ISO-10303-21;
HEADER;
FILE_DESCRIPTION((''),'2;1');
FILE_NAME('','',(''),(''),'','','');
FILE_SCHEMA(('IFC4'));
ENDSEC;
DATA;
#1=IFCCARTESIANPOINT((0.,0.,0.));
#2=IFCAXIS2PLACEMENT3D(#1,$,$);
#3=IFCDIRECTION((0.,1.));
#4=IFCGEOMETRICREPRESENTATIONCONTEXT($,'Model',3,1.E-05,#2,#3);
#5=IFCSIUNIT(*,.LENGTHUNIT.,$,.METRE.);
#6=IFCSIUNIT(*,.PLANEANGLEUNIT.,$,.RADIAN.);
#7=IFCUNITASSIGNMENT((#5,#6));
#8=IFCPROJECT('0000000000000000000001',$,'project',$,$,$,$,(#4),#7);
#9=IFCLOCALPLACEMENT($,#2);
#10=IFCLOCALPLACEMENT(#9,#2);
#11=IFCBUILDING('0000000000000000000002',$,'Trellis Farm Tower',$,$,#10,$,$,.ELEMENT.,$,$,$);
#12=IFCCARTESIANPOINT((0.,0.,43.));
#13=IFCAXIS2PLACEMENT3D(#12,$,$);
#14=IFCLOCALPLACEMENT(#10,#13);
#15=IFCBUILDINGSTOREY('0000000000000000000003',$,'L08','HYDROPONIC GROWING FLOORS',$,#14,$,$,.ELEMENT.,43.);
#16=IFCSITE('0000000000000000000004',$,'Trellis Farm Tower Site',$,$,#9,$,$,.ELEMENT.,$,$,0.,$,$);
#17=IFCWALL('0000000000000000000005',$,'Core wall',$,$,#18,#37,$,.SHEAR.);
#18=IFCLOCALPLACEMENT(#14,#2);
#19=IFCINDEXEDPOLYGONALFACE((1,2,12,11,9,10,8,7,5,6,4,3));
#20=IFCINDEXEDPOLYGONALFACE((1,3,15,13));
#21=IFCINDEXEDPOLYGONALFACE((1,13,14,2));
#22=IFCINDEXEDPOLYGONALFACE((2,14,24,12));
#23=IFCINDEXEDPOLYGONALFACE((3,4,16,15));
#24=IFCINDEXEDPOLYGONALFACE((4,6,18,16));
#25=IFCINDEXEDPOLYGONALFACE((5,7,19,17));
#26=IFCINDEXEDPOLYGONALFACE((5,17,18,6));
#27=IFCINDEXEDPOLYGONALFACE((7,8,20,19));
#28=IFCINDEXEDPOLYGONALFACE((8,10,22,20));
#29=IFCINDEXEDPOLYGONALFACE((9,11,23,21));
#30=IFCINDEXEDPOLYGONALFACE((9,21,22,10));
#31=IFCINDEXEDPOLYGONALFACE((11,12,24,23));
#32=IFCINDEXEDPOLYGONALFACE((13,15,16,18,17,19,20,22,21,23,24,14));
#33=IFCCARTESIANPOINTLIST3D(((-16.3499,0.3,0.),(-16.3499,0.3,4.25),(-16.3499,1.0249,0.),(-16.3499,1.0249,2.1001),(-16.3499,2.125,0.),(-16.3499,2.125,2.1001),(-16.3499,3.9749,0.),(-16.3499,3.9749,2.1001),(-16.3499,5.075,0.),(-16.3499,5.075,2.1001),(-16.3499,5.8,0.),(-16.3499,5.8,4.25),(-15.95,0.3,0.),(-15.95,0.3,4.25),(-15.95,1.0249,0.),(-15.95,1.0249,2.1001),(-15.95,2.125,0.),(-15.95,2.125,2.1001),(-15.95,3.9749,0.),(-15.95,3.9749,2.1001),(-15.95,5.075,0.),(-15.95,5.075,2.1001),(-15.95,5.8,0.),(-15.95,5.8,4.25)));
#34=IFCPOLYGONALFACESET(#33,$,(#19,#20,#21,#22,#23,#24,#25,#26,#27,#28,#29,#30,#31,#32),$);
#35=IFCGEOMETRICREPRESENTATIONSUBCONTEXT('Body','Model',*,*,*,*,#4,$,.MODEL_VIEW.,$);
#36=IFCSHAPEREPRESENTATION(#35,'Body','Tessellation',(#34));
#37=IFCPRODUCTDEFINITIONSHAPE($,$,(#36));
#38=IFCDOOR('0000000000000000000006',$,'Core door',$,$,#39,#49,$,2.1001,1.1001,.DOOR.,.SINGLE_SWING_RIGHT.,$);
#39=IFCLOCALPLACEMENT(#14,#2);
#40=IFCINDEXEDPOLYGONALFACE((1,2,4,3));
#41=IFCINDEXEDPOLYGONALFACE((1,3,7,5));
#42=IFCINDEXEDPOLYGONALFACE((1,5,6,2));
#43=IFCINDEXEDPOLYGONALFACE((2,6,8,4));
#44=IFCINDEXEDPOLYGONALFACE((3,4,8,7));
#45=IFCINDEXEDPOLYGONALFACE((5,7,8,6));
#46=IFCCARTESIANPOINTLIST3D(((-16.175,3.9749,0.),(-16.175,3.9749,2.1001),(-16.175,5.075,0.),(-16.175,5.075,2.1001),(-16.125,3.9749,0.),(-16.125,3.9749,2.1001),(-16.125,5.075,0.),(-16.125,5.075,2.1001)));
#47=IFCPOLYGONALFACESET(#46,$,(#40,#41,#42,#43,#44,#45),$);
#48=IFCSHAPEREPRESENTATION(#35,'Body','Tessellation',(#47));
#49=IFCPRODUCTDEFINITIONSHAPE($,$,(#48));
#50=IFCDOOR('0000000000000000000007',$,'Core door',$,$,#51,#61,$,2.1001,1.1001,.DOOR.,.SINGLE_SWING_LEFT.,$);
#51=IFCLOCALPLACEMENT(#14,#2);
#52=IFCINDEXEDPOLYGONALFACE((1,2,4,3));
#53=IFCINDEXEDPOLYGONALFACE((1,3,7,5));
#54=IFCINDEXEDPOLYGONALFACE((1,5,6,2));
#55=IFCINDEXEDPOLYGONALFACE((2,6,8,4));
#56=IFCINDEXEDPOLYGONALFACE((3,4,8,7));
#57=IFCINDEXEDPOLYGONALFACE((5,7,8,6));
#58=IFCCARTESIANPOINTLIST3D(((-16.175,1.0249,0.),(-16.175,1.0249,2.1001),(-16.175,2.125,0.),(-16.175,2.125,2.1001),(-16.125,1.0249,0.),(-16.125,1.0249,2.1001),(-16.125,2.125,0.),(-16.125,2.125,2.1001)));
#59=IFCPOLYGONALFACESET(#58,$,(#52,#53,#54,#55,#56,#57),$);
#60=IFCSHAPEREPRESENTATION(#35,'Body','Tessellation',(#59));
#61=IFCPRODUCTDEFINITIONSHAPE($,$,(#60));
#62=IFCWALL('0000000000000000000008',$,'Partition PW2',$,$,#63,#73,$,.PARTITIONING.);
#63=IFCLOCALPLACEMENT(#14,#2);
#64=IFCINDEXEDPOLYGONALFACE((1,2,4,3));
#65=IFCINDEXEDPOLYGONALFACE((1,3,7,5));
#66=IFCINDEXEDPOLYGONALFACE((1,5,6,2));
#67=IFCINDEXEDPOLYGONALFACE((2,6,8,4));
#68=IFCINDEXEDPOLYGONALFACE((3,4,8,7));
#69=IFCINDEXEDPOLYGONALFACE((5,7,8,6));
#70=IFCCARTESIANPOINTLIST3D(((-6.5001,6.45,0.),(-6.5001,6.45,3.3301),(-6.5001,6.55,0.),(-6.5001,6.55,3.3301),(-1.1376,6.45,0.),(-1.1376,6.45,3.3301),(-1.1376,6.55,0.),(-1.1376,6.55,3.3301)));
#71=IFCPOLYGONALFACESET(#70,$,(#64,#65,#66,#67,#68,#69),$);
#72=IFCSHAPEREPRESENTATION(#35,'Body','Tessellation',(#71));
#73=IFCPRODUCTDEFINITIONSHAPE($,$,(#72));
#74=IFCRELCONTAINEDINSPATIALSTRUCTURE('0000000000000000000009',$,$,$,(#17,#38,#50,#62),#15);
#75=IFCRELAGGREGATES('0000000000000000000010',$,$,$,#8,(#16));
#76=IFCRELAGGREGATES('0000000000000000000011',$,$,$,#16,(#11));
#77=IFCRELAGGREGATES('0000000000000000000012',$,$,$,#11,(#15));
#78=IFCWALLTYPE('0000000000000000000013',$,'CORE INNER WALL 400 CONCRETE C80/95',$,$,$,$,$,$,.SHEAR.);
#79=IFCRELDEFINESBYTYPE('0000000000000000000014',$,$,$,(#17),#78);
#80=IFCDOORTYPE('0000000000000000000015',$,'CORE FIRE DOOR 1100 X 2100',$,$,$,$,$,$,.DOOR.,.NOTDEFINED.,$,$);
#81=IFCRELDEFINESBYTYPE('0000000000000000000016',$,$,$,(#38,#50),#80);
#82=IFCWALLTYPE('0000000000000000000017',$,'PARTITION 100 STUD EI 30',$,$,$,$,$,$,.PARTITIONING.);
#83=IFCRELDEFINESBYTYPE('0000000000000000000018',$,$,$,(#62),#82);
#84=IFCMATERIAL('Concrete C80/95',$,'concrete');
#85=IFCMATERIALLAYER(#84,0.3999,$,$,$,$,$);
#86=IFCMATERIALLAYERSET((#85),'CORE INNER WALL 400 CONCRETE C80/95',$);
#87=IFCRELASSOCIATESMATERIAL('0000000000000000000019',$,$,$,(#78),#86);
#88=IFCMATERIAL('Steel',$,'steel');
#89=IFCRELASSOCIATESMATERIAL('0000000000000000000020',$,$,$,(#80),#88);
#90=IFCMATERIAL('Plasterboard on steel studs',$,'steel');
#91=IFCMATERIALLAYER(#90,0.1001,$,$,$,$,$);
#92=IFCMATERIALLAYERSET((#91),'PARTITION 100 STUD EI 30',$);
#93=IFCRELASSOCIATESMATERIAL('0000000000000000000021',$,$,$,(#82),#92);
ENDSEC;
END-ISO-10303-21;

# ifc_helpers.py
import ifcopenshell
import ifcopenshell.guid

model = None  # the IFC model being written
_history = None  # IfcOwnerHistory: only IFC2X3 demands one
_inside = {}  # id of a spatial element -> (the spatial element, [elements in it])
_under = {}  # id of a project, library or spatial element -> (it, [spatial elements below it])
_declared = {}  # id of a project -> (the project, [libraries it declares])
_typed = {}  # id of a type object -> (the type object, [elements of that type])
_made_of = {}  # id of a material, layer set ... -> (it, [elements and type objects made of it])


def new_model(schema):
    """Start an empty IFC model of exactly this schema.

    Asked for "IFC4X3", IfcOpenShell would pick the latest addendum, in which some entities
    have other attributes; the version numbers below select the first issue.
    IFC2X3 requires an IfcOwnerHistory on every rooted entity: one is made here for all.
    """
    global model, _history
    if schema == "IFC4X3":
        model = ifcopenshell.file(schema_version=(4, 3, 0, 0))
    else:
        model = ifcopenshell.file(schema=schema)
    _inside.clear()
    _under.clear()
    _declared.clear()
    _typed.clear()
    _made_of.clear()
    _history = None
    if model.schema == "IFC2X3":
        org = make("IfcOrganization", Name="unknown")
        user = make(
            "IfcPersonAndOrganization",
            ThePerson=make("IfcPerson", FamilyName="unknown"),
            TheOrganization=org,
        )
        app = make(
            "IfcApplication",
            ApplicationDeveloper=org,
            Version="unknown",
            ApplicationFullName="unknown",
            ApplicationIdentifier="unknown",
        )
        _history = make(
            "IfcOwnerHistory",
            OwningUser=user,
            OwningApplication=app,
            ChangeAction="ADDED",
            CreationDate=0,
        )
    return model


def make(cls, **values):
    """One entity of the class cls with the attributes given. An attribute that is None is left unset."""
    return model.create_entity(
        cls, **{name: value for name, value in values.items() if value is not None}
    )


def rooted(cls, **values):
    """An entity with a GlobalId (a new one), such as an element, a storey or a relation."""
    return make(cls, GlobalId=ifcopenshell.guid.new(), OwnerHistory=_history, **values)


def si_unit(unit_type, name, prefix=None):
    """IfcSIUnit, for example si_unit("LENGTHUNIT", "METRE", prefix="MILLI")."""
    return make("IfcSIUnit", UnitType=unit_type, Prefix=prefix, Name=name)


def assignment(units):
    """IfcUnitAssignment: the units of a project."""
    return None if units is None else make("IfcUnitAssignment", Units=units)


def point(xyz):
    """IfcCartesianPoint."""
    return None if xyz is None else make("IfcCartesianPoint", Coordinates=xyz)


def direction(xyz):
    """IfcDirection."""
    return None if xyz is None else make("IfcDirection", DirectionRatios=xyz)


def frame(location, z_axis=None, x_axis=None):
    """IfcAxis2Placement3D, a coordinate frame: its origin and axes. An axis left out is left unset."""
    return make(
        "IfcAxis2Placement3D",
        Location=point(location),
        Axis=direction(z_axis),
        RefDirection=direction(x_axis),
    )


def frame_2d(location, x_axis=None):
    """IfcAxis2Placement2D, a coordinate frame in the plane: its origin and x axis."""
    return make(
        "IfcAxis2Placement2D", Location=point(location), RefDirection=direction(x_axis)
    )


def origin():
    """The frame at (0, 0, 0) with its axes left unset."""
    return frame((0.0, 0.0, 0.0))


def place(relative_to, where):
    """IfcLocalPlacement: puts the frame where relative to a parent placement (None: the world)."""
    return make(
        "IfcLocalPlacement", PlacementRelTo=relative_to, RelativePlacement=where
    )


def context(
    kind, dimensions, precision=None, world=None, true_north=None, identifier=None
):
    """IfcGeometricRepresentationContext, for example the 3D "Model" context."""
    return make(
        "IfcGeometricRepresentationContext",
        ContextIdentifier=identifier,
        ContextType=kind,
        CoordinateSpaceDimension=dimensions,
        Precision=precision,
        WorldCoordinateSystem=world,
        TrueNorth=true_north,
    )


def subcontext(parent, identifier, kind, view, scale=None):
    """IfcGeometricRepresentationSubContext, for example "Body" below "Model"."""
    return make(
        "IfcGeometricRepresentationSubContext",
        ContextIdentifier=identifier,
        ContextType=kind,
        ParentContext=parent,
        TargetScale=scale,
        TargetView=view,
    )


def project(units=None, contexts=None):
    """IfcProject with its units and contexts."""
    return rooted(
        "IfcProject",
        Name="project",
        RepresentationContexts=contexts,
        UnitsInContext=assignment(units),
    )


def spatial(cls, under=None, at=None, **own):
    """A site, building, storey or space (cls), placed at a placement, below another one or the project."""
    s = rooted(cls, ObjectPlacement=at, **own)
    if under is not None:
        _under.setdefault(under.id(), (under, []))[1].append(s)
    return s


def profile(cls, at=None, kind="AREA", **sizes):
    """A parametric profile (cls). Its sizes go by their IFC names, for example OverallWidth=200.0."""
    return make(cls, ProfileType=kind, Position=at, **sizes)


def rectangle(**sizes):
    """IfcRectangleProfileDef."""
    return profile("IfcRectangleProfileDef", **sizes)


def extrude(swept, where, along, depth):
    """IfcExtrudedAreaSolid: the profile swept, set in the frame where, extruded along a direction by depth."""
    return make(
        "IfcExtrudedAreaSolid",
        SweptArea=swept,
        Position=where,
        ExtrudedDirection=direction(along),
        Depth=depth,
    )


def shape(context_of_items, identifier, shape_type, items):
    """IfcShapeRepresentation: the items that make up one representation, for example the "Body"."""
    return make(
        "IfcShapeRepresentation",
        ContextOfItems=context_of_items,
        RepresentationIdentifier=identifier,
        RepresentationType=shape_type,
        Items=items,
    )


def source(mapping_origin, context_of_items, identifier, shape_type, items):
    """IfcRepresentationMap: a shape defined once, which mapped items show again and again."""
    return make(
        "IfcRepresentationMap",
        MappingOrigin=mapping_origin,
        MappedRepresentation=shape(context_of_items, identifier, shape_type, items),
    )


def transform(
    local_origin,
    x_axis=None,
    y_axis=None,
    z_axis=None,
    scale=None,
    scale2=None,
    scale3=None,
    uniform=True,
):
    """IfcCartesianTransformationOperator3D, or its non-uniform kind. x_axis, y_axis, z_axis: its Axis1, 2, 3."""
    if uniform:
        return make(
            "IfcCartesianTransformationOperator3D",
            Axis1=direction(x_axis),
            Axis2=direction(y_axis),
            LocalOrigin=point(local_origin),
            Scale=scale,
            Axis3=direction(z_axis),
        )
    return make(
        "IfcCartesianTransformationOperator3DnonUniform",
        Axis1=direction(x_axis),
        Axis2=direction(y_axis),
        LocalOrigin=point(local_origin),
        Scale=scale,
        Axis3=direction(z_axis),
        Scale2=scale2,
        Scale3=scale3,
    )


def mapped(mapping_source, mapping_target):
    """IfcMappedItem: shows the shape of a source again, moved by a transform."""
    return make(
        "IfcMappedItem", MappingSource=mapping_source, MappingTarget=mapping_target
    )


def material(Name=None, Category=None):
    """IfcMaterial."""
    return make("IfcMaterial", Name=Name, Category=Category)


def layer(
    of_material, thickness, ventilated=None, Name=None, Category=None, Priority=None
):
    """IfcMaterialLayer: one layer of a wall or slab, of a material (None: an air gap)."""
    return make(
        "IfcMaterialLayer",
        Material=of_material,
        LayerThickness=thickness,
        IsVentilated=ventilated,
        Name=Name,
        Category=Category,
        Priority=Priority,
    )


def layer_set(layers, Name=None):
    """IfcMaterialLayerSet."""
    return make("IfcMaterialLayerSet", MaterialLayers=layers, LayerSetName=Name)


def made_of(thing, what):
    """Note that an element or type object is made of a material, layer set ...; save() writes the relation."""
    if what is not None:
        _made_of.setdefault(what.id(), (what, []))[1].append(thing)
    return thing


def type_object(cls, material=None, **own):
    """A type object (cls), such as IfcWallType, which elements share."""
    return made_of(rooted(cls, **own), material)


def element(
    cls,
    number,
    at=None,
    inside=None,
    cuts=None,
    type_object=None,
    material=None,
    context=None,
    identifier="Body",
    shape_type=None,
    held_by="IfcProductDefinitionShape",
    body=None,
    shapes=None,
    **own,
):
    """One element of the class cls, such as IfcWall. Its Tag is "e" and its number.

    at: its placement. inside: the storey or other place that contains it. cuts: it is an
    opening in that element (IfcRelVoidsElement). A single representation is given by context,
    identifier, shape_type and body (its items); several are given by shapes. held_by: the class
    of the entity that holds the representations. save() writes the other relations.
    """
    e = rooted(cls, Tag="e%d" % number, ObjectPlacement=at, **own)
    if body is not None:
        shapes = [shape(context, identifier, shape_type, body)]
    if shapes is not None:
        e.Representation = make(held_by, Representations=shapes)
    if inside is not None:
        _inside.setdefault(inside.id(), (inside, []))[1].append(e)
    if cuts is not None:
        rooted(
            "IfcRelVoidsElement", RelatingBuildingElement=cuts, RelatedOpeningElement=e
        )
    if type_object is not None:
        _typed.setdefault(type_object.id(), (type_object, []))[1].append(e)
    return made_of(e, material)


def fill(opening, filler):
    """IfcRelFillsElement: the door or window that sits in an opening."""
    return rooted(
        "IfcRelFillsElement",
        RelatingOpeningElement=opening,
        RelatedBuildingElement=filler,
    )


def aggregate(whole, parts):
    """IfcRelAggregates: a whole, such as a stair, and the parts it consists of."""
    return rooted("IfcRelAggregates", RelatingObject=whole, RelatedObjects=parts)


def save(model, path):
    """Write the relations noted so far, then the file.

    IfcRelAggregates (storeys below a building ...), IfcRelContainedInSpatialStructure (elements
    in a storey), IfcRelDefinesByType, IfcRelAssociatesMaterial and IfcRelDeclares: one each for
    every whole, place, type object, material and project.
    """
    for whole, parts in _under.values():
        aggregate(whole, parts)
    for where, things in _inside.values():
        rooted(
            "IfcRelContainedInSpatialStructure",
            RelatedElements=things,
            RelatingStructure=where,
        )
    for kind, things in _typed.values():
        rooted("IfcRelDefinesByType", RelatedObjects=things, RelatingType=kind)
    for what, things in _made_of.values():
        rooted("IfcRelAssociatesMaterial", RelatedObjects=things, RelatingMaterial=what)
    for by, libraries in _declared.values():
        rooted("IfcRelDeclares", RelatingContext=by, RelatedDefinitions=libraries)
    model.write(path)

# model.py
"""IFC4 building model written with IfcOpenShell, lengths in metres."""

from ifc_helpers import new_model, si_unit, direction, frame, frame_2d, origin, place, context, subcontext, project, spatial, rectangle, extrude, source, transform, mapped, material, layer, layer_set, type_object, element, fill, save


model = new_model("IFC4")

# Units and contexts
model_context = context("Model", 3, precision=1e-05, world=origin(), true_north=direction((0.0, 1.0)))
body_context = subcontext(model_context, "Body", "Model", "MODEL_VIEW")
ifc_project = project(units=[si_unit("LENGTHUNIT", "METRE"), si_unit("PLANEANGLEUNIT", "RADIAN")], contexts=[model_context])

# Site, building, storey
site_placement = place(None, origin())
site = spatial("IfcSite", under=ifc_project, at=site_placement, Name="Trellis Farm Tower Site", CompositionType="ELEMENT", RefElevation=0.0)
building_placement = place(site_placement, origin())
building = spatial("IfcBuilding", under=site, at=building_placement, Name="Trellis Farm Tower", CompositionType="ELEMENT")
storey_placement = place(building_placement, frame((0.0, 0.0, 43.0)))
storey = spatial("IfcBuildingStorey", under=building, at=storey_placement, Name="L08", Description="HYDROPONIC GROWING FLOORS", CompositionType="ELEMENT", Elevation=43.0)

# Shared definitions
ifc_material_1 = material(Name="Concrete C80/95", Category="concrete")

# Shared definitions
ifc_material_2 = material(Name="Steel", Category="steel")

# Shared definitions
ifc_layer_1 = layer(ifc_material_1, 0.3999)
ifc_layer_set_1 = layer_set([ifc_layer_1], Name="CORE INNER WALL 400 CONCRETE C80/95")
wall_type_1 = type_object("IfcWallType", Name="CORE INNER WALL 400 CONCRETE C80/95", PredefinedType="SHEAR", material=ifc_layer_set_1)

# Wall, openings, doors
shared_shape_1 = source(origin(), body_context, "Body", "SweptSolid", [
    extrude(rectangle(XDim=5.5, YDim=0.3999, at=frame_2d((2.75, 0.0))), origin(), (0.0, 0.0, 1.0), 4.25),
])
wall_1_placement = place(storey_placement, frame((-16.1499, 5.8, 0.0), z_axis=(0.0, 0.0, 1.0), x_axis=(0.0, -1.0, 0.0)))
wall_1 = element("IfcWall", 1, at=wall_1_placement, inside=storey, type_object=wall_type_1, Name="Core wall", PredefinedType="SHEAR", context=body_context, shape_type="MappedRepresentation", body=[
    mapped(shared_shape_1, transform((0.0, 0.0, 0.0))),
])
shared_shape_2 = source(origin(), body_context, "Body", "SweptSolid", [
    extrude(rectangle(XDim=1.1001, YDim=2.1001, at=frame_2d((0.55, 1.05))), frame((0.0, 0.21, 0.0), z_axis=(0.0, -1.0, 0.0), x_axis=(1.0, 0.0, 0.0)), (0.0, 0.0, 1.0), 0.4199),
])
opening_1_placement = place(wall_1_placement, frame((0.7251, 0.0, 0.0)))
opening_1 = element("IfcOpeningElement", 2, at=opening_1_placement, cuts=wall_1, PredefinedType="OPENING", context=body_context, shape_type="MappedRepresentation", body=[
    mapped(shared_shape_2, transform((0.0, 0.0, 0.0))),
])
opening_2_placement = place(wall_1_placement, frame((3.675, 0.0, 0.0)))
opening_2 = element("IfcOpeningElement", 3, at=opening_2_placement, cuts=wall_1, PredefinedType="OPENING", context=body_context, shape_type="MappedRepresentation", body=[
    mapped(shared_shape_2, transform((0.0, 0.0, 0.0))),
])
door_type_1 = type_object("IfcDoorType", Name="CORE FIRE DOOR 1100 X 2100", OperationType="NOTDEFINED", PredefinedType="DOOR", material=ifc_material_2)
shared_shape_3 = source(origin(), body_context, "Body", "SweptSolid", [
    extrude(rectangle(XDim=1.1001, YDim=2.1001, at=frame_2d((0.55, 1.05))), frame((0.0, 0.0249, 0.0), z_axis=(0.0, -1.0, 0.0), x_axis=(1.0, 0.0, 0.0)), (0.0, 0.0, 1.0), 0.05),
])
door_1_placement = place(opening_1_placement, origin())
door_1 = element("IfcDoor", 4, at=door_1_placement, inside=storey, type_object=door_type_1, Name="Core door", OperationType="SINGLE_SWING_RIGHT", OverallHeight=2.1001, OverallWidth=1.1001, PredefinedType="DOOR", context=body_context, shape_type="MappedRepresentation", body=[
    mapped(shared_shape_3, transform((0.0, 0.0, 0.0))),
])
fill(opening_1, door_1)
door_2_placement = place(opening_2_placement, origin())
door_2 = element("IfcDoor", 5, at=door_2_placement, inside=storey, type_object=door_type_1, Name="Core door", OperationType="SINGLE_SWING_LEFT", OverallHeight=2.1001, OverallWidth=1.1001, PredefinedType="DOOR", context=body_context, shape_type="MappedRepresentation", body=[
    mapped(shared_shape_3, transform((0.0, 0.0, 0.0))),
])
fill(opening_2, door_2)

# Wall
ifc_material_3 = material(Name="Plasterboard on steel studs", Category="steel")
ifc_layer_2 = layer(ifc_material_3, 0.1001)
ifc_layer_set_2 = layer_set([ifc_layer_2], Name="PARTITION 100 STUD EI 30")
wall_type_2 = type_object("IfcWallType", Name="PARTITION 100 STUD EI 30", PredefinedType="PARTITIONING", material=ifc_layer_set_2)
shared_shape_4 = source(origin(), body_context, "Body", "SweptSolid", [
    extrude(rectangle(XDim=5.3625, YDim=0.1001, at=frame_2d((2.6812, 0.0))), origin(), (0.0, 0.0, 1.0), 3.3301),
])
wall_2_placement = place(storey_placement, frame((-6.5, 6.5, 0.0), z_axis=(0.0, 0.0, 1.0), x_axis=(1.0, 0.0, 0.0)))
element("IfcWall", 6, at=wall_2_placement, inside=storey, type_object=wall_type_2, Name="Partition PW2", PredefinedType="PARTITIONING", context=body_context, shape_type="MappedRepresentation", body=[
    mapped(shared_shape_4, transform((0.0, 0.0, 0.0))),
])

save(model, "model.ifc")
